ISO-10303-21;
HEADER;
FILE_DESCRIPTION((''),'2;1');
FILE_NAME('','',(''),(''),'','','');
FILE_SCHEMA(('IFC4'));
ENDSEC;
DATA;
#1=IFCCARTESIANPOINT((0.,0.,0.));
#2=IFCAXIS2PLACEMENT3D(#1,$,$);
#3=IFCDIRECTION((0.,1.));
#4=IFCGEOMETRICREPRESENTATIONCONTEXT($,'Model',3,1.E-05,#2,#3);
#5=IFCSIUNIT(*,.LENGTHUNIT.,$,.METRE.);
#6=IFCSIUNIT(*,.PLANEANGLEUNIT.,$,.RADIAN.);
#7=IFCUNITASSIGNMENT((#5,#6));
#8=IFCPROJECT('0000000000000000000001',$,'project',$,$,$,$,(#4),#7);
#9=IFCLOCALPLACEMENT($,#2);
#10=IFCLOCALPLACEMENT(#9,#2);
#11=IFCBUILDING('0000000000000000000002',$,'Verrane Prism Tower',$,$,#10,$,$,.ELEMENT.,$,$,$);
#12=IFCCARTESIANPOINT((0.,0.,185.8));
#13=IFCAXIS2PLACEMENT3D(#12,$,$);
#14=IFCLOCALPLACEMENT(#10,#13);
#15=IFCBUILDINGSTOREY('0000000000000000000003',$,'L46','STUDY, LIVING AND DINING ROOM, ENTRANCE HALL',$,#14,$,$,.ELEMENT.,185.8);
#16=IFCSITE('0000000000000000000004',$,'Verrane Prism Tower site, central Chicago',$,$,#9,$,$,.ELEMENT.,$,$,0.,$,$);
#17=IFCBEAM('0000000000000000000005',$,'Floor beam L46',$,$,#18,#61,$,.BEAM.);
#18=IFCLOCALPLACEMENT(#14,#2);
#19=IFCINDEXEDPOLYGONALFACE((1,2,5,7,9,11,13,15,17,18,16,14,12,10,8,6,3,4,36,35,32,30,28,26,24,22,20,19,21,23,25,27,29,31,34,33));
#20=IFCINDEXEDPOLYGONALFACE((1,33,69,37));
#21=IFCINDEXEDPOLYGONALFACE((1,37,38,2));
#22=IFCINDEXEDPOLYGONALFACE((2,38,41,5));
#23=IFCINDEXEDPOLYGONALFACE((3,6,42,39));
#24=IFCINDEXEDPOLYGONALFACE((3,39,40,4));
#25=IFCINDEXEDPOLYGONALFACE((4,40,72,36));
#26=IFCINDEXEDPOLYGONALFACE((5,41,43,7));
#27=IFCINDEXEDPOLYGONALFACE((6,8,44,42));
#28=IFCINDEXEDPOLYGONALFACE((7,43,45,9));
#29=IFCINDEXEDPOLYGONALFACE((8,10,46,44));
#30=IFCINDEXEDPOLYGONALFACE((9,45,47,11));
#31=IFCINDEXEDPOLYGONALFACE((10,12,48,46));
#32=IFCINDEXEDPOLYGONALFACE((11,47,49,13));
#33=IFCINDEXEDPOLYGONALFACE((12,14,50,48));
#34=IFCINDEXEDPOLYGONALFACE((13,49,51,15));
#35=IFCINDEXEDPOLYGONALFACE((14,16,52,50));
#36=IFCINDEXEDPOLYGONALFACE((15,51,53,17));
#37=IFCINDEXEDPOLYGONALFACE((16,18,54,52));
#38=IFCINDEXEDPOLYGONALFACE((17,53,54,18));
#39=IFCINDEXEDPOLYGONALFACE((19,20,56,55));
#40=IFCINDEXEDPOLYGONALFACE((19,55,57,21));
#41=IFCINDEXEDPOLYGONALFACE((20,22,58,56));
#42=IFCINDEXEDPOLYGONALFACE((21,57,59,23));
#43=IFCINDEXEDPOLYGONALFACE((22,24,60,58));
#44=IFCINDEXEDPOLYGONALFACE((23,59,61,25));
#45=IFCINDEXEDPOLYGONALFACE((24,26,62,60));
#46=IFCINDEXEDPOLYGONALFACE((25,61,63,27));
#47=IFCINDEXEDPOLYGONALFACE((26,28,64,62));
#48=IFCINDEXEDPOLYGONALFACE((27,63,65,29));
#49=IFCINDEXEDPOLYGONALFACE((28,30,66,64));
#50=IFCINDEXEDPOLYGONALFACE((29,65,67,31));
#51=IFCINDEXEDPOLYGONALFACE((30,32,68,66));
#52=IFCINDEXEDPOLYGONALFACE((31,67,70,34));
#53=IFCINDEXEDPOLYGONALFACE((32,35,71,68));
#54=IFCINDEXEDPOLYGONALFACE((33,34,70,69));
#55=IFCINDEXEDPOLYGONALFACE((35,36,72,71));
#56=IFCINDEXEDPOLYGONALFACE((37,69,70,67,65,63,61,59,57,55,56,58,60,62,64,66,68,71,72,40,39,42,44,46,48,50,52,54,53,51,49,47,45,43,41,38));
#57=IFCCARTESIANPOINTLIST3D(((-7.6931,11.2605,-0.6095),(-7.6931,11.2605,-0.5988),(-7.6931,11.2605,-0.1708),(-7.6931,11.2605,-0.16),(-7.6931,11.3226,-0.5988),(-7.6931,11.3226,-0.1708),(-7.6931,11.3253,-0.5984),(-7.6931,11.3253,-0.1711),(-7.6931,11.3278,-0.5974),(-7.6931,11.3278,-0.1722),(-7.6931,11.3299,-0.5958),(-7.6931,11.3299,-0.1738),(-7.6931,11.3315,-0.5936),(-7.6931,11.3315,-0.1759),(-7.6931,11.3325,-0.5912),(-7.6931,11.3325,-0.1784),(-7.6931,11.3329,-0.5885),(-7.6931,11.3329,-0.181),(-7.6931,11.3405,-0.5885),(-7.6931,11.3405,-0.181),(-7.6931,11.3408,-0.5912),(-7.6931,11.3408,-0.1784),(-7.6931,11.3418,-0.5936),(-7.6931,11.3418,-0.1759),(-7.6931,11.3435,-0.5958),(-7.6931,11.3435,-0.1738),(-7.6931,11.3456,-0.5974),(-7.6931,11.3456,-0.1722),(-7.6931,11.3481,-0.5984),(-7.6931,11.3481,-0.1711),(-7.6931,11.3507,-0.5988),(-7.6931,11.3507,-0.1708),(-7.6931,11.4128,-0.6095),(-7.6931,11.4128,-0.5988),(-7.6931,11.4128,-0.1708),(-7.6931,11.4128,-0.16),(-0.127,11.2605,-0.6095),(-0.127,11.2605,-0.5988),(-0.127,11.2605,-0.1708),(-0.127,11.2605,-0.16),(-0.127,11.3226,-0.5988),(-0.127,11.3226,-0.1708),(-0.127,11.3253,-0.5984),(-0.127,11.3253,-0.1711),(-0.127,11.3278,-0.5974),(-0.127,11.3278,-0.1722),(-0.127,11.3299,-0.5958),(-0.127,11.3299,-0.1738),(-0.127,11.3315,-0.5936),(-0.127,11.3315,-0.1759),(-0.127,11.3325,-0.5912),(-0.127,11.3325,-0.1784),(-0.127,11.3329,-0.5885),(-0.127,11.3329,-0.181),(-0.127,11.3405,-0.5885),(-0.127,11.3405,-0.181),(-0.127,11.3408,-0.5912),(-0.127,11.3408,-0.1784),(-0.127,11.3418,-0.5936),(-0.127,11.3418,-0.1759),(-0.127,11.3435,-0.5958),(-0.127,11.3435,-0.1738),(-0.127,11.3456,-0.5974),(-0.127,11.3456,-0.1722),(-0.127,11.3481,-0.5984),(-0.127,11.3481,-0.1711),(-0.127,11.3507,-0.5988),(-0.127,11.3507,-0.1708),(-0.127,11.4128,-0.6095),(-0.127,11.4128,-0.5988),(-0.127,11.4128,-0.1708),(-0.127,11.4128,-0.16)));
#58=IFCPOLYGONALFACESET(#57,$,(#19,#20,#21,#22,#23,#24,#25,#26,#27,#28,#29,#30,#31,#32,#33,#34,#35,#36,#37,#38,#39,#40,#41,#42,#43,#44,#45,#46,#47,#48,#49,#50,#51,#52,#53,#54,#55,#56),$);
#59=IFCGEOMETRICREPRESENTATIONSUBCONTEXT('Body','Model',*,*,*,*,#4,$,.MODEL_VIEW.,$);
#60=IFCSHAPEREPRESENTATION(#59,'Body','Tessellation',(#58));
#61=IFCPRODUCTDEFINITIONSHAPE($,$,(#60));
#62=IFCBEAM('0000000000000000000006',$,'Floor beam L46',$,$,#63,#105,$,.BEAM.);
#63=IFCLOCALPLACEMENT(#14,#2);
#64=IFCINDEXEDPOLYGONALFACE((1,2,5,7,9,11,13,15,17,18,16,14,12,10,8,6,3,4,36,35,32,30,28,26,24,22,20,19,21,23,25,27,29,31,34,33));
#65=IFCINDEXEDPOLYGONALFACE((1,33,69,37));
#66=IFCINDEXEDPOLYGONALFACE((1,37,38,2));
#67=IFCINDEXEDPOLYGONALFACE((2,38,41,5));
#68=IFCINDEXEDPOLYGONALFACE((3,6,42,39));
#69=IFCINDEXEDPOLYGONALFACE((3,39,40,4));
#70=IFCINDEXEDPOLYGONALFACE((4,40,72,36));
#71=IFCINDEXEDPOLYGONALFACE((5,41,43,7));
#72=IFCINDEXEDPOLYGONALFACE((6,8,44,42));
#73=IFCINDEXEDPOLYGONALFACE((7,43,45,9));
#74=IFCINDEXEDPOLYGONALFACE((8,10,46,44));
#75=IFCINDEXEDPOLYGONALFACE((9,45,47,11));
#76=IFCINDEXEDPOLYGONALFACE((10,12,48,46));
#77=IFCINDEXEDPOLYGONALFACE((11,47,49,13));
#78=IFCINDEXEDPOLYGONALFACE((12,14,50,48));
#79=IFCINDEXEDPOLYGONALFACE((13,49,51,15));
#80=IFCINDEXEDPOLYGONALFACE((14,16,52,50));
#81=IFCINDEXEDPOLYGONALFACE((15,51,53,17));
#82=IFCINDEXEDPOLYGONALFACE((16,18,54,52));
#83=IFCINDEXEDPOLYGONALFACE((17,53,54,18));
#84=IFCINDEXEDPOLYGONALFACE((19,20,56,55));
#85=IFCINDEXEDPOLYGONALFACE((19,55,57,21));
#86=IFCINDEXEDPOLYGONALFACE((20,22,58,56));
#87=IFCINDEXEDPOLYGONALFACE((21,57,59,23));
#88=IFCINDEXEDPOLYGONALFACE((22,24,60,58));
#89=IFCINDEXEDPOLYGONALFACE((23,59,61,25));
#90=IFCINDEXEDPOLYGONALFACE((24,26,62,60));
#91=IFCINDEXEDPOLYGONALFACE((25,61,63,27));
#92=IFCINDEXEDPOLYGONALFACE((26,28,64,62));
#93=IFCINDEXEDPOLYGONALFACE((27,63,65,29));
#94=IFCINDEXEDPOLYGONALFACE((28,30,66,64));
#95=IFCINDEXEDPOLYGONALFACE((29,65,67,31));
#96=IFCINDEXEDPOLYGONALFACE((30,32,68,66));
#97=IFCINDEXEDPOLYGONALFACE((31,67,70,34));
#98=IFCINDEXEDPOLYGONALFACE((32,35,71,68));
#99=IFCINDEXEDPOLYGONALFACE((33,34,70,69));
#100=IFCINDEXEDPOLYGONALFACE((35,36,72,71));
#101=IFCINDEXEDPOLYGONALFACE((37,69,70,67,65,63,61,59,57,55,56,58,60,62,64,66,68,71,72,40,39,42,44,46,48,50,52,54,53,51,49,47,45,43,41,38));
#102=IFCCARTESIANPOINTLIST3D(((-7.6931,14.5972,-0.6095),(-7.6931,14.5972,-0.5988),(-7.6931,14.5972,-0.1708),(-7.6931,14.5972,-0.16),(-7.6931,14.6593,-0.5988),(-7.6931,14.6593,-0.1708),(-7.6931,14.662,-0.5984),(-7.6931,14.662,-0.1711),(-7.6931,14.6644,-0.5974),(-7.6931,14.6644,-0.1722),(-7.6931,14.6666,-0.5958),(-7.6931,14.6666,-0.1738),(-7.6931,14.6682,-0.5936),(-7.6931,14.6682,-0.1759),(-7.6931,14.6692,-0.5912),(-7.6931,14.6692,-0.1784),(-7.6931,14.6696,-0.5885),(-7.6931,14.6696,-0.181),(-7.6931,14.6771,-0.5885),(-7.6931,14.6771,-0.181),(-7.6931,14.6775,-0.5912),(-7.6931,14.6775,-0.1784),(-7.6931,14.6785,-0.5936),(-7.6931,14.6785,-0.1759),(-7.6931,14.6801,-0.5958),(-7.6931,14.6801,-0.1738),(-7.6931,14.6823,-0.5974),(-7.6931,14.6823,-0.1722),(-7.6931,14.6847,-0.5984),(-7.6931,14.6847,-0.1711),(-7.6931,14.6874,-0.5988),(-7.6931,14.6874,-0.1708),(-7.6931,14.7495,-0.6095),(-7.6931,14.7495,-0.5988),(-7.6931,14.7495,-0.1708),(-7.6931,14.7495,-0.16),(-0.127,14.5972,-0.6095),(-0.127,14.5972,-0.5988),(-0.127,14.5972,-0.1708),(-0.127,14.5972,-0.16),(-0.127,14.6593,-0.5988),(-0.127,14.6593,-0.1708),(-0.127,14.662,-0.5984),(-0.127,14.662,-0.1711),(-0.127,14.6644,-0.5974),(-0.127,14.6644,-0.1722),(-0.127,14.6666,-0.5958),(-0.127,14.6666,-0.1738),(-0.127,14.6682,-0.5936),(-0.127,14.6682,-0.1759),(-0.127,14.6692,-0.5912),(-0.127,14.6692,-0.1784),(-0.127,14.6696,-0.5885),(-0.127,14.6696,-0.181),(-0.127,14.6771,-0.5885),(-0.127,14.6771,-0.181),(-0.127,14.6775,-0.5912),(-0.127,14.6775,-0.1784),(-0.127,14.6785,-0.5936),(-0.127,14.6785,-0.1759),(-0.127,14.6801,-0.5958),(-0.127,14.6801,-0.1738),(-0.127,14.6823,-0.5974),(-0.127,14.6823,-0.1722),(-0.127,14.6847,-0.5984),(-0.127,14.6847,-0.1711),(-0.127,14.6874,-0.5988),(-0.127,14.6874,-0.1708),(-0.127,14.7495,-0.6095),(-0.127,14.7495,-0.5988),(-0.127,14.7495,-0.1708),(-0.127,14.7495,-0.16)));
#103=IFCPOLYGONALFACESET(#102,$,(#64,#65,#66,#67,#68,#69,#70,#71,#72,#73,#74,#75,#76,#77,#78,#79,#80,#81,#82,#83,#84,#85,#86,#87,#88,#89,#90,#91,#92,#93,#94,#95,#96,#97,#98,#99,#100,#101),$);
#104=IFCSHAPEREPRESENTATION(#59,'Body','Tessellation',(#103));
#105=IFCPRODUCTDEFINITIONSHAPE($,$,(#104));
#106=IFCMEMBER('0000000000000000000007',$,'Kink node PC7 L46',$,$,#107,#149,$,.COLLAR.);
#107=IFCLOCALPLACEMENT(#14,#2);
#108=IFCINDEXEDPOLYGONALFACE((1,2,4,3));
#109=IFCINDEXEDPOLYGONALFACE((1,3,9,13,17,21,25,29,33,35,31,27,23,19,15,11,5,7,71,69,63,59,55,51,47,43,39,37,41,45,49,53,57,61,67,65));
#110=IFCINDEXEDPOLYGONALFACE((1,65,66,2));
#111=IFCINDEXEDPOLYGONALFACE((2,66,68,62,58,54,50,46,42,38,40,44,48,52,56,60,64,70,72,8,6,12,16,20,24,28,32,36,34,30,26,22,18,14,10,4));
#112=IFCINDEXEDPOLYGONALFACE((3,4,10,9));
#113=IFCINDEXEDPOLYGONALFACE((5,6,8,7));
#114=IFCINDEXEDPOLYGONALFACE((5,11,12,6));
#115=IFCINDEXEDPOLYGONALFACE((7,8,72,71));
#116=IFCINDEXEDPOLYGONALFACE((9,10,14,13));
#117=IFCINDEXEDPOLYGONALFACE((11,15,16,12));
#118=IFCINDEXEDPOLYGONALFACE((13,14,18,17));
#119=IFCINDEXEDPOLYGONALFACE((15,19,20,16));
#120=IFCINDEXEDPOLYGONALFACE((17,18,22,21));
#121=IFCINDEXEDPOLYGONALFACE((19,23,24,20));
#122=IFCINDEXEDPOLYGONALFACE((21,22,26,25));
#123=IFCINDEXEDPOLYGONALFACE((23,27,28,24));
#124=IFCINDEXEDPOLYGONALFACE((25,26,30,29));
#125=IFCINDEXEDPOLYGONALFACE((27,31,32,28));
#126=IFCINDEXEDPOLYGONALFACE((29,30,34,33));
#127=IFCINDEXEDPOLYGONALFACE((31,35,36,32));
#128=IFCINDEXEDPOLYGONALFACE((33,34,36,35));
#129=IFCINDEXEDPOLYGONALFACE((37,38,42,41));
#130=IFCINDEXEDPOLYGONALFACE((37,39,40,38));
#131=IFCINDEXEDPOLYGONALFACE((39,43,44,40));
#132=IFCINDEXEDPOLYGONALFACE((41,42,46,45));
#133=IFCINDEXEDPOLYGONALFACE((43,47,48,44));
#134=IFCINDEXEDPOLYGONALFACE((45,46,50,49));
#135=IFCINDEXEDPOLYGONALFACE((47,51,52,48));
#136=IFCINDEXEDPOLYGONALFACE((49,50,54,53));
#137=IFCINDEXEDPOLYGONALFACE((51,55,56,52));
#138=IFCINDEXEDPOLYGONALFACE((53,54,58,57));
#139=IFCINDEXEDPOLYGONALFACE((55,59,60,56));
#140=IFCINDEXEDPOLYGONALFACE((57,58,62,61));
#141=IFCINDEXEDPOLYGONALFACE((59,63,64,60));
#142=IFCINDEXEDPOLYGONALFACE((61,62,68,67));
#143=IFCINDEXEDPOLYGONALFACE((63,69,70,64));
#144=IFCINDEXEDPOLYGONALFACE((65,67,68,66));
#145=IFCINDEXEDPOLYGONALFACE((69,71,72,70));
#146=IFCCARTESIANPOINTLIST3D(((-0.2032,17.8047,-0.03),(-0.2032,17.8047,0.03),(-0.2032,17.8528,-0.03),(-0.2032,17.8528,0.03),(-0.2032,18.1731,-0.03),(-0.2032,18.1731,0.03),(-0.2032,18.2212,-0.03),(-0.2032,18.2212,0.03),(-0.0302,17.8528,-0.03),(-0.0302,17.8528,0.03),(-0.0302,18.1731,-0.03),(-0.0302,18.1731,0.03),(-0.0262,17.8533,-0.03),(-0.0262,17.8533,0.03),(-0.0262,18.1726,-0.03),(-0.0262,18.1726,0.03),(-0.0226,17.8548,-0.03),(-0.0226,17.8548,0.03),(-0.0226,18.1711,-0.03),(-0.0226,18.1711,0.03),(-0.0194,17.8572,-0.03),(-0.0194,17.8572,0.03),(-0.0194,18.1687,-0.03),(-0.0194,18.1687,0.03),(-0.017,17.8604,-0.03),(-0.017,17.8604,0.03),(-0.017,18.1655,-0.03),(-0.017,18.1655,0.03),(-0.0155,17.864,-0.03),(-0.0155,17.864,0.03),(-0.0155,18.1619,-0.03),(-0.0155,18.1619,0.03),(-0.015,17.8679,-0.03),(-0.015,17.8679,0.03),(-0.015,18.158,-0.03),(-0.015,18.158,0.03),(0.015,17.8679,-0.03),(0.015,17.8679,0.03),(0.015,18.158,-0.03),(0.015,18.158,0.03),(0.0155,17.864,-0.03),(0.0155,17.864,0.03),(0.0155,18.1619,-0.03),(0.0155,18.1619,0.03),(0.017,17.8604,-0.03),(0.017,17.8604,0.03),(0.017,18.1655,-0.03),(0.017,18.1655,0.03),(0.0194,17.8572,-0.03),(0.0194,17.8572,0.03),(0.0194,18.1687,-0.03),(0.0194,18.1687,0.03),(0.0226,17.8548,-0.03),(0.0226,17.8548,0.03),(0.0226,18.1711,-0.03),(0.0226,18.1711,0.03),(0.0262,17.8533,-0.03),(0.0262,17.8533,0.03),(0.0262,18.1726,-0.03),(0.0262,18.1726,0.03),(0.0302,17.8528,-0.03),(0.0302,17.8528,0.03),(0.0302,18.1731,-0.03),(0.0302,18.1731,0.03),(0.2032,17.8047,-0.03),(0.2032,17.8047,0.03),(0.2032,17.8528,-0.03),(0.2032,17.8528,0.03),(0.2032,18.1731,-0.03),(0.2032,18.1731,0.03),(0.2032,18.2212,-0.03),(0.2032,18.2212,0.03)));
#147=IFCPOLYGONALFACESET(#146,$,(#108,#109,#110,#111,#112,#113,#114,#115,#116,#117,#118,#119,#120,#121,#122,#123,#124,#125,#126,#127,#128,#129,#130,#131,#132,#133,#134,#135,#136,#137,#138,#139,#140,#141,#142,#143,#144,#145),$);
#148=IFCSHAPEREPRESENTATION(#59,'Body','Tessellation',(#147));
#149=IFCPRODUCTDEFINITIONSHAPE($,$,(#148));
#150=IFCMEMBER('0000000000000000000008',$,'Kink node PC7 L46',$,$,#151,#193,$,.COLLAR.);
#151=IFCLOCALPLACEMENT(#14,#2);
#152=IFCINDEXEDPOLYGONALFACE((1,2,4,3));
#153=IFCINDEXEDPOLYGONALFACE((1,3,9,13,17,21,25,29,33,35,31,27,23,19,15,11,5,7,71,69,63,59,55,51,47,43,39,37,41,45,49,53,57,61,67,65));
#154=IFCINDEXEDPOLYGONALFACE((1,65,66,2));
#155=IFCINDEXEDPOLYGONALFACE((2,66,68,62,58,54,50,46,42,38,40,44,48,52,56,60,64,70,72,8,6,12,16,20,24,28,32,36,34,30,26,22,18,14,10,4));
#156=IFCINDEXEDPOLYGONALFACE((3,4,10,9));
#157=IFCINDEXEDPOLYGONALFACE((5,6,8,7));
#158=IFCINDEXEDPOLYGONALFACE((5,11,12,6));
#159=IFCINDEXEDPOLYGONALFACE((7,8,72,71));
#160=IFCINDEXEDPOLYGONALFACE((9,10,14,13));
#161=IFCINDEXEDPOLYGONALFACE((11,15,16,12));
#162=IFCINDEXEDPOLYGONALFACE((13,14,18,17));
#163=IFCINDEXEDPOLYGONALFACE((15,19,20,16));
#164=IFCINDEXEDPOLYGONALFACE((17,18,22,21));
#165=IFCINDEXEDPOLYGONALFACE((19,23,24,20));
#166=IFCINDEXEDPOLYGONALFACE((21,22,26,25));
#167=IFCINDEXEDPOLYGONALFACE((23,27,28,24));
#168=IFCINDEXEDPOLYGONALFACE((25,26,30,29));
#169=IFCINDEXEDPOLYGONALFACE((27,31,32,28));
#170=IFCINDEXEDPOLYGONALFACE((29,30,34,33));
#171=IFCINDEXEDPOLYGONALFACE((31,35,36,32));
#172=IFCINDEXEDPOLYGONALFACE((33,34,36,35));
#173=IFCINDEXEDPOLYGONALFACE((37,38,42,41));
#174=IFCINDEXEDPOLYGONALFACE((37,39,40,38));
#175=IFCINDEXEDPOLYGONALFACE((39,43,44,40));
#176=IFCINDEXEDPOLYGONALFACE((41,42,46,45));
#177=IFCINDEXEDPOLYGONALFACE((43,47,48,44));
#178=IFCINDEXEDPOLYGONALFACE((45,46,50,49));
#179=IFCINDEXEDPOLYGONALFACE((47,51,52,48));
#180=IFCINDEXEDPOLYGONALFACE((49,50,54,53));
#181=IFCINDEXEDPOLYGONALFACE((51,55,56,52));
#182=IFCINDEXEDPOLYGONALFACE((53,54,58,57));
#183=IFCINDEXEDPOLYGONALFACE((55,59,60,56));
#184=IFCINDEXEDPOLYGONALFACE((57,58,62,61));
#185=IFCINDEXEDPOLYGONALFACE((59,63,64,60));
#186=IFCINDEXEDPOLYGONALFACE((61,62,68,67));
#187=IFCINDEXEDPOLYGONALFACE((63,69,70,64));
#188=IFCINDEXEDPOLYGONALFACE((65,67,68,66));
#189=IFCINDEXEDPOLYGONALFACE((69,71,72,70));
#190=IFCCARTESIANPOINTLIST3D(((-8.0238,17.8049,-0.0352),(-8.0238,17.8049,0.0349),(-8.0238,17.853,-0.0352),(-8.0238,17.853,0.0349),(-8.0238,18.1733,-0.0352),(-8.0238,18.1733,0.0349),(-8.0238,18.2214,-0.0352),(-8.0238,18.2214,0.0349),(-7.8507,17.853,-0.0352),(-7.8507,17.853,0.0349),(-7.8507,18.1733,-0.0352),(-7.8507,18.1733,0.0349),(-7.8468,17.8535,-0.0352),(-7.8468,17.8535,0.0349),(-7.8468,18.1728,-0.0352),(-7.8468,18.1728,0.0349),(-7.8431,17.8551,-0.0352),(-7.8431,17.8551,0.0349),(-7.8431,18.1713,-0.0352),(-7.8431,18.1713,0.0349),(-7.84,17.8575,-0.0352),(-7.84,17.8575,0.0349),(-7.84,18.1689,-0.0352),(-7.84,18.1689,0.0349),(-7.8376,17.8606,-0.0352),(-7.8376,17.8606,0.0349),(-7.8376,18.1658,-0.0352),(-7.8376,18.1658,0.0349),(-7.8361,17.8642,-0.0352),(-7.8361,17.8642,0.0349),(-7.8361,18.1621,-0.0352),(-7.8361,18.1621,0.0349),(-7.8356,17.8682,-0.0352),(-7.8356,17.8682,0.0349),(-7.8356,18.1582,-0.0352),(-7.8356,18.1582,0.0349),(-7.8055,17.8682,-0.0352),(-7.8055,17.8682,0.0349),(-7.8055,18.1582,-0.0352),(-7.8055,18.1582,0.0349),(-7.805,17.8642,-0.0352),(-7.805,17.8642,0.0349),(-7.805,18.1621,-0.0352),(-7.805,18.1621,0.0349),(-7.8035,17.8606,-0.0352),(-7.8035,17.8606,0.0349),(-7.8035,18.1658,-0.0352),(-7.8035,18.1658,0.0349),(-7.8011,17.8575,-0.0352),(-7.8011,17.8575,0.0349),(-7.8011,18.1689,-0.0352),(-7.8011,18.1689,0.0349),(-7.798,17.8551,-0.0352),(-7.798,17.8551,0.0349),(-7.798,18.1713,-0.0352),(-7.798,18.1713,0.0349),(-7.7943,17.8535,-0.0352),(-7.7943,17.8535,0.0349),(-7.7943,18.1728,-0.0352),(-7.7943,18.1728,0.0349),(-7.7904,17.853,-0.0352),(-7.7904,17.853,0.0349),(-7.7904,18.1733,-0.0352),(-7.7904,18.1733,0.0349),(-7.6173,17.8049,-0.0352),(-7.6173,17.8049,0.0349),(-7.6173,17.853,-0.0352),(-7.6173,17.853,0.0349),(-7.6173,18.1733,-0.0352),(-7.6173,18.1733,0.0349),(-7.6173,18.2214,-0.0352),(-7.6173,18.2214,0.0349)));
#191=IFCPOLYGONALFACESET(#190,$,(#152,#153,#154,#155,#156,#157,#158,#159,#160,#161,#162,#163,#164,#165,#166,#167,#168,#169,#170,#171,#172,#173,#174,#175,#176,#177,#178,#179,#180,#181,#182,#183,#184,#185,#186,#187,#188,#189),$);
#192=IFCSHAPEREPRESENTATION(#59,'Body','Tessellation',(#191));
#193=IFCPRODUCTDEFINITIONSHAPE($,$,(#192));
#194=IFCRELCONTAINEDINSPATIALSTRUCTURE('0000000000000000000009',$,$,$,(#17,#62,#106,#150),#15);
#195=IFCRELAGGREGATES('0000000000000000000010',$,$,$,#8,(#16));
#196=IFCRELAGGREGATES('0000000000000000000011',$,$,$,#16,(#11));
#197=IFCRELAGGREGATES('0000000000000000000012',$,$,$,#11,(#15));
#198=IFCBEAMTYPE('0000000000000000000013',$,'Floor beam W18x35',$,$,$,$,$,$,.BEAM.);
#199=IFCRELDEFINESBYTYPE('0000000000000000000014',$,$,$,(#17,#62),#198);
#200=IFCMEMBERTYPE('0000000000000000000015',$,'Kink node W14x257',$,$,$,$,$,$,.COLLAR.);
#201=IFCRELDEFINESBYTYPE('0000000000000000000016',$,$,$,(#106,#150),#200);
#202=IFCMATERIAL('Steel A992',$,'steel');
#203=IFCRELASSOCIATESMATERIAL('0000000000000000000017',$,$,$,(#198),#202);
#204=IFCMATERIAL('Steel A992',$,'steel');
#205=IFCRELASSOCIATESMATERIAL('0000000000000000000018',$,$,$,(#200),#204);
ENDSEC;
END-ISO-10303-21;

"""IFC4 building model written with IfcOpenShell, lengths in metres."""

from ifc_helpers import new_model, si_unit, direction, frame, origin, origin_2d, place, context, subcontext, project, spatial, i_section, extrude, material, material_profile, profile_set, type_object, element, save


model = new_model("IFC4")

# Units and contexts
model_context = context("Model", 3, precision=1e-05, world=origin(), true_north=direction((0.0, 1.0)))
body_context = subcontext(model_context, "Body", "Model", "MODEL_VIEW")
ifc_project = project(units=[si_unit("LENGTHUNIT", "METRE"), si_unit("PLANEANGLEUNIT", "RADIAN")], contexts=[model_context])

# Site, building, storey
site_placement = place(None, origin())
site = spatial("IfcSite", under=ifc_project, at=site_placement, Name="Verrane Prism Tower site, central Chicago", CompositionType="ELEMENT", RefElevation=0.0)
building_placement = place(site_placement, origin())
building = spatial("IfcBuilding", under=site, at=building_placement, Name="Verrane Prism Tower", CompositionType="ELEMENT")
storey_placement = place(building_placement, frame((0.0, 0.0, 185.8)))
storey = spatial("IfcBuildingStorey", under=building, at=storey_placement, Name="L46", Description="STUDY, LIVING AND DINING ROOM, ENTRANCE HALL", CompositionType="ELEMENT", Elevation=185.8)

# Beams
ifc_material_1 = material(Name="Steel A992", Category="steel")
ifc_material_profile_1 = material_profile(ifc_material_1, i_section(OverallWidth=0.1523, OverallDepth=0.4495, WebThickness=0.0076, FlangeThickness=0.0107, FilletRadius=0.0103, at=origin_2d()), Name="W18x35")
ifc_profile_set_1 = profile_set([ifc_material_profile_1], Name="Steel A992")
beam_type_1 = type_object("IfcBeamType", Name="Floor beam W18x35", PredefinedType="BEAM", material=ifc_profile_set_1)
for number, where, z_axis, x_axis, name in (
    (1, (-7.6931, 11.3367, -0.3848), (1.0, 0.0, 0.0), (0.0, 1.0, 0.0), "Floor beam L46"),
    (2, (-7.6931, 14.6733, -0.3848), (1.0, 0.0, 0.0), (0.0, 1.0, 0.0), "Floor beam L46"),
):
    element("IfcBeam", number, at=place(storey_placement, frame(where, z_axis=z_axis, x_axis=x_axis)), inside=storey, type_object=beam_type_1, Name=name, PredefinedType="BEAM", context=body_context, shape_type="SweptSolid", body=[
        extrude(i_section(OverallWidth=0.1523, OverallDepth=0.4495, WebThickness=0.0076, FlangeThickness=0.0107, FilletRadius=0.0103, at=origin_2d()), origin(), (0.0, 0.0, 1.0), 7.5662),
    ])

# Members
ifc_material_2 = material(Name="Steel A992", Category="steel")
ifc_material_profile_2 = material_profile(ifc_material_2, i_section(OverallWidth=0.4065, OverallDepth=0.4165, WebThickness=0.03, FlangeThickness=0.0481, FilletRadius=0.0151, at=origin_2d()), Name="W14x257")
ifc_profile_set_2 = profile_set([ifc_material_profile_2], Name="Steel A992")
member_type_1 = type_object("IfcMemberType", Name="Kink node W14x257", PredefinedType="COLLAR", material=ifc_profile_set_2)
member_1_placement = place(storey_placement, frame((0.0, 18.0129, -0.03), z_axis=(0.0, 0.0, 1.0), x_axis=(1.0, 0.0, 0.0)))
element("IfcMember", 3, at=member_1_placement, inside=storey, type_object=member_type_1, Name="Kink node PC7 L46", PredefinedType="COLLAR", context=body_context, shape_type="SweptSolid", body=[
    extrude(i_section(OverallWidth=0.4065, OverallDepth=0.4165, WebThickness=0.03, FlangeThickness=0.0481, FilletRadius=0.0151, at=origin_2d()), origin(), (0.0, 0.0, 1.0), 0.0601),
])
member_2_placement = place(storey_placement, frame((-7.8206, 18.0132, -0.0352), z_axis=(0.0, 0.0, 1.0), x_axis=(1.0, 0.0, 0.0)))
element("IfcMember", 4, at=member_2_placement, inside=storey, type_object=member_type_1, Name="Kink node PC7 L46", PredefinedType="COLLAR", context=body_context, shape_type="SweptSolid", body=[
    extrude(i_section(OverallWidth=0.4065, OverallDepth=0.4165, WebThickness=0.03, FlangeThickness=0.0481, FilletRadius=0.0151, at=origin_2d()), origin(), (0.0, 0.0, 1.0), 0.0701),
])

save(model, "model.ifc")
